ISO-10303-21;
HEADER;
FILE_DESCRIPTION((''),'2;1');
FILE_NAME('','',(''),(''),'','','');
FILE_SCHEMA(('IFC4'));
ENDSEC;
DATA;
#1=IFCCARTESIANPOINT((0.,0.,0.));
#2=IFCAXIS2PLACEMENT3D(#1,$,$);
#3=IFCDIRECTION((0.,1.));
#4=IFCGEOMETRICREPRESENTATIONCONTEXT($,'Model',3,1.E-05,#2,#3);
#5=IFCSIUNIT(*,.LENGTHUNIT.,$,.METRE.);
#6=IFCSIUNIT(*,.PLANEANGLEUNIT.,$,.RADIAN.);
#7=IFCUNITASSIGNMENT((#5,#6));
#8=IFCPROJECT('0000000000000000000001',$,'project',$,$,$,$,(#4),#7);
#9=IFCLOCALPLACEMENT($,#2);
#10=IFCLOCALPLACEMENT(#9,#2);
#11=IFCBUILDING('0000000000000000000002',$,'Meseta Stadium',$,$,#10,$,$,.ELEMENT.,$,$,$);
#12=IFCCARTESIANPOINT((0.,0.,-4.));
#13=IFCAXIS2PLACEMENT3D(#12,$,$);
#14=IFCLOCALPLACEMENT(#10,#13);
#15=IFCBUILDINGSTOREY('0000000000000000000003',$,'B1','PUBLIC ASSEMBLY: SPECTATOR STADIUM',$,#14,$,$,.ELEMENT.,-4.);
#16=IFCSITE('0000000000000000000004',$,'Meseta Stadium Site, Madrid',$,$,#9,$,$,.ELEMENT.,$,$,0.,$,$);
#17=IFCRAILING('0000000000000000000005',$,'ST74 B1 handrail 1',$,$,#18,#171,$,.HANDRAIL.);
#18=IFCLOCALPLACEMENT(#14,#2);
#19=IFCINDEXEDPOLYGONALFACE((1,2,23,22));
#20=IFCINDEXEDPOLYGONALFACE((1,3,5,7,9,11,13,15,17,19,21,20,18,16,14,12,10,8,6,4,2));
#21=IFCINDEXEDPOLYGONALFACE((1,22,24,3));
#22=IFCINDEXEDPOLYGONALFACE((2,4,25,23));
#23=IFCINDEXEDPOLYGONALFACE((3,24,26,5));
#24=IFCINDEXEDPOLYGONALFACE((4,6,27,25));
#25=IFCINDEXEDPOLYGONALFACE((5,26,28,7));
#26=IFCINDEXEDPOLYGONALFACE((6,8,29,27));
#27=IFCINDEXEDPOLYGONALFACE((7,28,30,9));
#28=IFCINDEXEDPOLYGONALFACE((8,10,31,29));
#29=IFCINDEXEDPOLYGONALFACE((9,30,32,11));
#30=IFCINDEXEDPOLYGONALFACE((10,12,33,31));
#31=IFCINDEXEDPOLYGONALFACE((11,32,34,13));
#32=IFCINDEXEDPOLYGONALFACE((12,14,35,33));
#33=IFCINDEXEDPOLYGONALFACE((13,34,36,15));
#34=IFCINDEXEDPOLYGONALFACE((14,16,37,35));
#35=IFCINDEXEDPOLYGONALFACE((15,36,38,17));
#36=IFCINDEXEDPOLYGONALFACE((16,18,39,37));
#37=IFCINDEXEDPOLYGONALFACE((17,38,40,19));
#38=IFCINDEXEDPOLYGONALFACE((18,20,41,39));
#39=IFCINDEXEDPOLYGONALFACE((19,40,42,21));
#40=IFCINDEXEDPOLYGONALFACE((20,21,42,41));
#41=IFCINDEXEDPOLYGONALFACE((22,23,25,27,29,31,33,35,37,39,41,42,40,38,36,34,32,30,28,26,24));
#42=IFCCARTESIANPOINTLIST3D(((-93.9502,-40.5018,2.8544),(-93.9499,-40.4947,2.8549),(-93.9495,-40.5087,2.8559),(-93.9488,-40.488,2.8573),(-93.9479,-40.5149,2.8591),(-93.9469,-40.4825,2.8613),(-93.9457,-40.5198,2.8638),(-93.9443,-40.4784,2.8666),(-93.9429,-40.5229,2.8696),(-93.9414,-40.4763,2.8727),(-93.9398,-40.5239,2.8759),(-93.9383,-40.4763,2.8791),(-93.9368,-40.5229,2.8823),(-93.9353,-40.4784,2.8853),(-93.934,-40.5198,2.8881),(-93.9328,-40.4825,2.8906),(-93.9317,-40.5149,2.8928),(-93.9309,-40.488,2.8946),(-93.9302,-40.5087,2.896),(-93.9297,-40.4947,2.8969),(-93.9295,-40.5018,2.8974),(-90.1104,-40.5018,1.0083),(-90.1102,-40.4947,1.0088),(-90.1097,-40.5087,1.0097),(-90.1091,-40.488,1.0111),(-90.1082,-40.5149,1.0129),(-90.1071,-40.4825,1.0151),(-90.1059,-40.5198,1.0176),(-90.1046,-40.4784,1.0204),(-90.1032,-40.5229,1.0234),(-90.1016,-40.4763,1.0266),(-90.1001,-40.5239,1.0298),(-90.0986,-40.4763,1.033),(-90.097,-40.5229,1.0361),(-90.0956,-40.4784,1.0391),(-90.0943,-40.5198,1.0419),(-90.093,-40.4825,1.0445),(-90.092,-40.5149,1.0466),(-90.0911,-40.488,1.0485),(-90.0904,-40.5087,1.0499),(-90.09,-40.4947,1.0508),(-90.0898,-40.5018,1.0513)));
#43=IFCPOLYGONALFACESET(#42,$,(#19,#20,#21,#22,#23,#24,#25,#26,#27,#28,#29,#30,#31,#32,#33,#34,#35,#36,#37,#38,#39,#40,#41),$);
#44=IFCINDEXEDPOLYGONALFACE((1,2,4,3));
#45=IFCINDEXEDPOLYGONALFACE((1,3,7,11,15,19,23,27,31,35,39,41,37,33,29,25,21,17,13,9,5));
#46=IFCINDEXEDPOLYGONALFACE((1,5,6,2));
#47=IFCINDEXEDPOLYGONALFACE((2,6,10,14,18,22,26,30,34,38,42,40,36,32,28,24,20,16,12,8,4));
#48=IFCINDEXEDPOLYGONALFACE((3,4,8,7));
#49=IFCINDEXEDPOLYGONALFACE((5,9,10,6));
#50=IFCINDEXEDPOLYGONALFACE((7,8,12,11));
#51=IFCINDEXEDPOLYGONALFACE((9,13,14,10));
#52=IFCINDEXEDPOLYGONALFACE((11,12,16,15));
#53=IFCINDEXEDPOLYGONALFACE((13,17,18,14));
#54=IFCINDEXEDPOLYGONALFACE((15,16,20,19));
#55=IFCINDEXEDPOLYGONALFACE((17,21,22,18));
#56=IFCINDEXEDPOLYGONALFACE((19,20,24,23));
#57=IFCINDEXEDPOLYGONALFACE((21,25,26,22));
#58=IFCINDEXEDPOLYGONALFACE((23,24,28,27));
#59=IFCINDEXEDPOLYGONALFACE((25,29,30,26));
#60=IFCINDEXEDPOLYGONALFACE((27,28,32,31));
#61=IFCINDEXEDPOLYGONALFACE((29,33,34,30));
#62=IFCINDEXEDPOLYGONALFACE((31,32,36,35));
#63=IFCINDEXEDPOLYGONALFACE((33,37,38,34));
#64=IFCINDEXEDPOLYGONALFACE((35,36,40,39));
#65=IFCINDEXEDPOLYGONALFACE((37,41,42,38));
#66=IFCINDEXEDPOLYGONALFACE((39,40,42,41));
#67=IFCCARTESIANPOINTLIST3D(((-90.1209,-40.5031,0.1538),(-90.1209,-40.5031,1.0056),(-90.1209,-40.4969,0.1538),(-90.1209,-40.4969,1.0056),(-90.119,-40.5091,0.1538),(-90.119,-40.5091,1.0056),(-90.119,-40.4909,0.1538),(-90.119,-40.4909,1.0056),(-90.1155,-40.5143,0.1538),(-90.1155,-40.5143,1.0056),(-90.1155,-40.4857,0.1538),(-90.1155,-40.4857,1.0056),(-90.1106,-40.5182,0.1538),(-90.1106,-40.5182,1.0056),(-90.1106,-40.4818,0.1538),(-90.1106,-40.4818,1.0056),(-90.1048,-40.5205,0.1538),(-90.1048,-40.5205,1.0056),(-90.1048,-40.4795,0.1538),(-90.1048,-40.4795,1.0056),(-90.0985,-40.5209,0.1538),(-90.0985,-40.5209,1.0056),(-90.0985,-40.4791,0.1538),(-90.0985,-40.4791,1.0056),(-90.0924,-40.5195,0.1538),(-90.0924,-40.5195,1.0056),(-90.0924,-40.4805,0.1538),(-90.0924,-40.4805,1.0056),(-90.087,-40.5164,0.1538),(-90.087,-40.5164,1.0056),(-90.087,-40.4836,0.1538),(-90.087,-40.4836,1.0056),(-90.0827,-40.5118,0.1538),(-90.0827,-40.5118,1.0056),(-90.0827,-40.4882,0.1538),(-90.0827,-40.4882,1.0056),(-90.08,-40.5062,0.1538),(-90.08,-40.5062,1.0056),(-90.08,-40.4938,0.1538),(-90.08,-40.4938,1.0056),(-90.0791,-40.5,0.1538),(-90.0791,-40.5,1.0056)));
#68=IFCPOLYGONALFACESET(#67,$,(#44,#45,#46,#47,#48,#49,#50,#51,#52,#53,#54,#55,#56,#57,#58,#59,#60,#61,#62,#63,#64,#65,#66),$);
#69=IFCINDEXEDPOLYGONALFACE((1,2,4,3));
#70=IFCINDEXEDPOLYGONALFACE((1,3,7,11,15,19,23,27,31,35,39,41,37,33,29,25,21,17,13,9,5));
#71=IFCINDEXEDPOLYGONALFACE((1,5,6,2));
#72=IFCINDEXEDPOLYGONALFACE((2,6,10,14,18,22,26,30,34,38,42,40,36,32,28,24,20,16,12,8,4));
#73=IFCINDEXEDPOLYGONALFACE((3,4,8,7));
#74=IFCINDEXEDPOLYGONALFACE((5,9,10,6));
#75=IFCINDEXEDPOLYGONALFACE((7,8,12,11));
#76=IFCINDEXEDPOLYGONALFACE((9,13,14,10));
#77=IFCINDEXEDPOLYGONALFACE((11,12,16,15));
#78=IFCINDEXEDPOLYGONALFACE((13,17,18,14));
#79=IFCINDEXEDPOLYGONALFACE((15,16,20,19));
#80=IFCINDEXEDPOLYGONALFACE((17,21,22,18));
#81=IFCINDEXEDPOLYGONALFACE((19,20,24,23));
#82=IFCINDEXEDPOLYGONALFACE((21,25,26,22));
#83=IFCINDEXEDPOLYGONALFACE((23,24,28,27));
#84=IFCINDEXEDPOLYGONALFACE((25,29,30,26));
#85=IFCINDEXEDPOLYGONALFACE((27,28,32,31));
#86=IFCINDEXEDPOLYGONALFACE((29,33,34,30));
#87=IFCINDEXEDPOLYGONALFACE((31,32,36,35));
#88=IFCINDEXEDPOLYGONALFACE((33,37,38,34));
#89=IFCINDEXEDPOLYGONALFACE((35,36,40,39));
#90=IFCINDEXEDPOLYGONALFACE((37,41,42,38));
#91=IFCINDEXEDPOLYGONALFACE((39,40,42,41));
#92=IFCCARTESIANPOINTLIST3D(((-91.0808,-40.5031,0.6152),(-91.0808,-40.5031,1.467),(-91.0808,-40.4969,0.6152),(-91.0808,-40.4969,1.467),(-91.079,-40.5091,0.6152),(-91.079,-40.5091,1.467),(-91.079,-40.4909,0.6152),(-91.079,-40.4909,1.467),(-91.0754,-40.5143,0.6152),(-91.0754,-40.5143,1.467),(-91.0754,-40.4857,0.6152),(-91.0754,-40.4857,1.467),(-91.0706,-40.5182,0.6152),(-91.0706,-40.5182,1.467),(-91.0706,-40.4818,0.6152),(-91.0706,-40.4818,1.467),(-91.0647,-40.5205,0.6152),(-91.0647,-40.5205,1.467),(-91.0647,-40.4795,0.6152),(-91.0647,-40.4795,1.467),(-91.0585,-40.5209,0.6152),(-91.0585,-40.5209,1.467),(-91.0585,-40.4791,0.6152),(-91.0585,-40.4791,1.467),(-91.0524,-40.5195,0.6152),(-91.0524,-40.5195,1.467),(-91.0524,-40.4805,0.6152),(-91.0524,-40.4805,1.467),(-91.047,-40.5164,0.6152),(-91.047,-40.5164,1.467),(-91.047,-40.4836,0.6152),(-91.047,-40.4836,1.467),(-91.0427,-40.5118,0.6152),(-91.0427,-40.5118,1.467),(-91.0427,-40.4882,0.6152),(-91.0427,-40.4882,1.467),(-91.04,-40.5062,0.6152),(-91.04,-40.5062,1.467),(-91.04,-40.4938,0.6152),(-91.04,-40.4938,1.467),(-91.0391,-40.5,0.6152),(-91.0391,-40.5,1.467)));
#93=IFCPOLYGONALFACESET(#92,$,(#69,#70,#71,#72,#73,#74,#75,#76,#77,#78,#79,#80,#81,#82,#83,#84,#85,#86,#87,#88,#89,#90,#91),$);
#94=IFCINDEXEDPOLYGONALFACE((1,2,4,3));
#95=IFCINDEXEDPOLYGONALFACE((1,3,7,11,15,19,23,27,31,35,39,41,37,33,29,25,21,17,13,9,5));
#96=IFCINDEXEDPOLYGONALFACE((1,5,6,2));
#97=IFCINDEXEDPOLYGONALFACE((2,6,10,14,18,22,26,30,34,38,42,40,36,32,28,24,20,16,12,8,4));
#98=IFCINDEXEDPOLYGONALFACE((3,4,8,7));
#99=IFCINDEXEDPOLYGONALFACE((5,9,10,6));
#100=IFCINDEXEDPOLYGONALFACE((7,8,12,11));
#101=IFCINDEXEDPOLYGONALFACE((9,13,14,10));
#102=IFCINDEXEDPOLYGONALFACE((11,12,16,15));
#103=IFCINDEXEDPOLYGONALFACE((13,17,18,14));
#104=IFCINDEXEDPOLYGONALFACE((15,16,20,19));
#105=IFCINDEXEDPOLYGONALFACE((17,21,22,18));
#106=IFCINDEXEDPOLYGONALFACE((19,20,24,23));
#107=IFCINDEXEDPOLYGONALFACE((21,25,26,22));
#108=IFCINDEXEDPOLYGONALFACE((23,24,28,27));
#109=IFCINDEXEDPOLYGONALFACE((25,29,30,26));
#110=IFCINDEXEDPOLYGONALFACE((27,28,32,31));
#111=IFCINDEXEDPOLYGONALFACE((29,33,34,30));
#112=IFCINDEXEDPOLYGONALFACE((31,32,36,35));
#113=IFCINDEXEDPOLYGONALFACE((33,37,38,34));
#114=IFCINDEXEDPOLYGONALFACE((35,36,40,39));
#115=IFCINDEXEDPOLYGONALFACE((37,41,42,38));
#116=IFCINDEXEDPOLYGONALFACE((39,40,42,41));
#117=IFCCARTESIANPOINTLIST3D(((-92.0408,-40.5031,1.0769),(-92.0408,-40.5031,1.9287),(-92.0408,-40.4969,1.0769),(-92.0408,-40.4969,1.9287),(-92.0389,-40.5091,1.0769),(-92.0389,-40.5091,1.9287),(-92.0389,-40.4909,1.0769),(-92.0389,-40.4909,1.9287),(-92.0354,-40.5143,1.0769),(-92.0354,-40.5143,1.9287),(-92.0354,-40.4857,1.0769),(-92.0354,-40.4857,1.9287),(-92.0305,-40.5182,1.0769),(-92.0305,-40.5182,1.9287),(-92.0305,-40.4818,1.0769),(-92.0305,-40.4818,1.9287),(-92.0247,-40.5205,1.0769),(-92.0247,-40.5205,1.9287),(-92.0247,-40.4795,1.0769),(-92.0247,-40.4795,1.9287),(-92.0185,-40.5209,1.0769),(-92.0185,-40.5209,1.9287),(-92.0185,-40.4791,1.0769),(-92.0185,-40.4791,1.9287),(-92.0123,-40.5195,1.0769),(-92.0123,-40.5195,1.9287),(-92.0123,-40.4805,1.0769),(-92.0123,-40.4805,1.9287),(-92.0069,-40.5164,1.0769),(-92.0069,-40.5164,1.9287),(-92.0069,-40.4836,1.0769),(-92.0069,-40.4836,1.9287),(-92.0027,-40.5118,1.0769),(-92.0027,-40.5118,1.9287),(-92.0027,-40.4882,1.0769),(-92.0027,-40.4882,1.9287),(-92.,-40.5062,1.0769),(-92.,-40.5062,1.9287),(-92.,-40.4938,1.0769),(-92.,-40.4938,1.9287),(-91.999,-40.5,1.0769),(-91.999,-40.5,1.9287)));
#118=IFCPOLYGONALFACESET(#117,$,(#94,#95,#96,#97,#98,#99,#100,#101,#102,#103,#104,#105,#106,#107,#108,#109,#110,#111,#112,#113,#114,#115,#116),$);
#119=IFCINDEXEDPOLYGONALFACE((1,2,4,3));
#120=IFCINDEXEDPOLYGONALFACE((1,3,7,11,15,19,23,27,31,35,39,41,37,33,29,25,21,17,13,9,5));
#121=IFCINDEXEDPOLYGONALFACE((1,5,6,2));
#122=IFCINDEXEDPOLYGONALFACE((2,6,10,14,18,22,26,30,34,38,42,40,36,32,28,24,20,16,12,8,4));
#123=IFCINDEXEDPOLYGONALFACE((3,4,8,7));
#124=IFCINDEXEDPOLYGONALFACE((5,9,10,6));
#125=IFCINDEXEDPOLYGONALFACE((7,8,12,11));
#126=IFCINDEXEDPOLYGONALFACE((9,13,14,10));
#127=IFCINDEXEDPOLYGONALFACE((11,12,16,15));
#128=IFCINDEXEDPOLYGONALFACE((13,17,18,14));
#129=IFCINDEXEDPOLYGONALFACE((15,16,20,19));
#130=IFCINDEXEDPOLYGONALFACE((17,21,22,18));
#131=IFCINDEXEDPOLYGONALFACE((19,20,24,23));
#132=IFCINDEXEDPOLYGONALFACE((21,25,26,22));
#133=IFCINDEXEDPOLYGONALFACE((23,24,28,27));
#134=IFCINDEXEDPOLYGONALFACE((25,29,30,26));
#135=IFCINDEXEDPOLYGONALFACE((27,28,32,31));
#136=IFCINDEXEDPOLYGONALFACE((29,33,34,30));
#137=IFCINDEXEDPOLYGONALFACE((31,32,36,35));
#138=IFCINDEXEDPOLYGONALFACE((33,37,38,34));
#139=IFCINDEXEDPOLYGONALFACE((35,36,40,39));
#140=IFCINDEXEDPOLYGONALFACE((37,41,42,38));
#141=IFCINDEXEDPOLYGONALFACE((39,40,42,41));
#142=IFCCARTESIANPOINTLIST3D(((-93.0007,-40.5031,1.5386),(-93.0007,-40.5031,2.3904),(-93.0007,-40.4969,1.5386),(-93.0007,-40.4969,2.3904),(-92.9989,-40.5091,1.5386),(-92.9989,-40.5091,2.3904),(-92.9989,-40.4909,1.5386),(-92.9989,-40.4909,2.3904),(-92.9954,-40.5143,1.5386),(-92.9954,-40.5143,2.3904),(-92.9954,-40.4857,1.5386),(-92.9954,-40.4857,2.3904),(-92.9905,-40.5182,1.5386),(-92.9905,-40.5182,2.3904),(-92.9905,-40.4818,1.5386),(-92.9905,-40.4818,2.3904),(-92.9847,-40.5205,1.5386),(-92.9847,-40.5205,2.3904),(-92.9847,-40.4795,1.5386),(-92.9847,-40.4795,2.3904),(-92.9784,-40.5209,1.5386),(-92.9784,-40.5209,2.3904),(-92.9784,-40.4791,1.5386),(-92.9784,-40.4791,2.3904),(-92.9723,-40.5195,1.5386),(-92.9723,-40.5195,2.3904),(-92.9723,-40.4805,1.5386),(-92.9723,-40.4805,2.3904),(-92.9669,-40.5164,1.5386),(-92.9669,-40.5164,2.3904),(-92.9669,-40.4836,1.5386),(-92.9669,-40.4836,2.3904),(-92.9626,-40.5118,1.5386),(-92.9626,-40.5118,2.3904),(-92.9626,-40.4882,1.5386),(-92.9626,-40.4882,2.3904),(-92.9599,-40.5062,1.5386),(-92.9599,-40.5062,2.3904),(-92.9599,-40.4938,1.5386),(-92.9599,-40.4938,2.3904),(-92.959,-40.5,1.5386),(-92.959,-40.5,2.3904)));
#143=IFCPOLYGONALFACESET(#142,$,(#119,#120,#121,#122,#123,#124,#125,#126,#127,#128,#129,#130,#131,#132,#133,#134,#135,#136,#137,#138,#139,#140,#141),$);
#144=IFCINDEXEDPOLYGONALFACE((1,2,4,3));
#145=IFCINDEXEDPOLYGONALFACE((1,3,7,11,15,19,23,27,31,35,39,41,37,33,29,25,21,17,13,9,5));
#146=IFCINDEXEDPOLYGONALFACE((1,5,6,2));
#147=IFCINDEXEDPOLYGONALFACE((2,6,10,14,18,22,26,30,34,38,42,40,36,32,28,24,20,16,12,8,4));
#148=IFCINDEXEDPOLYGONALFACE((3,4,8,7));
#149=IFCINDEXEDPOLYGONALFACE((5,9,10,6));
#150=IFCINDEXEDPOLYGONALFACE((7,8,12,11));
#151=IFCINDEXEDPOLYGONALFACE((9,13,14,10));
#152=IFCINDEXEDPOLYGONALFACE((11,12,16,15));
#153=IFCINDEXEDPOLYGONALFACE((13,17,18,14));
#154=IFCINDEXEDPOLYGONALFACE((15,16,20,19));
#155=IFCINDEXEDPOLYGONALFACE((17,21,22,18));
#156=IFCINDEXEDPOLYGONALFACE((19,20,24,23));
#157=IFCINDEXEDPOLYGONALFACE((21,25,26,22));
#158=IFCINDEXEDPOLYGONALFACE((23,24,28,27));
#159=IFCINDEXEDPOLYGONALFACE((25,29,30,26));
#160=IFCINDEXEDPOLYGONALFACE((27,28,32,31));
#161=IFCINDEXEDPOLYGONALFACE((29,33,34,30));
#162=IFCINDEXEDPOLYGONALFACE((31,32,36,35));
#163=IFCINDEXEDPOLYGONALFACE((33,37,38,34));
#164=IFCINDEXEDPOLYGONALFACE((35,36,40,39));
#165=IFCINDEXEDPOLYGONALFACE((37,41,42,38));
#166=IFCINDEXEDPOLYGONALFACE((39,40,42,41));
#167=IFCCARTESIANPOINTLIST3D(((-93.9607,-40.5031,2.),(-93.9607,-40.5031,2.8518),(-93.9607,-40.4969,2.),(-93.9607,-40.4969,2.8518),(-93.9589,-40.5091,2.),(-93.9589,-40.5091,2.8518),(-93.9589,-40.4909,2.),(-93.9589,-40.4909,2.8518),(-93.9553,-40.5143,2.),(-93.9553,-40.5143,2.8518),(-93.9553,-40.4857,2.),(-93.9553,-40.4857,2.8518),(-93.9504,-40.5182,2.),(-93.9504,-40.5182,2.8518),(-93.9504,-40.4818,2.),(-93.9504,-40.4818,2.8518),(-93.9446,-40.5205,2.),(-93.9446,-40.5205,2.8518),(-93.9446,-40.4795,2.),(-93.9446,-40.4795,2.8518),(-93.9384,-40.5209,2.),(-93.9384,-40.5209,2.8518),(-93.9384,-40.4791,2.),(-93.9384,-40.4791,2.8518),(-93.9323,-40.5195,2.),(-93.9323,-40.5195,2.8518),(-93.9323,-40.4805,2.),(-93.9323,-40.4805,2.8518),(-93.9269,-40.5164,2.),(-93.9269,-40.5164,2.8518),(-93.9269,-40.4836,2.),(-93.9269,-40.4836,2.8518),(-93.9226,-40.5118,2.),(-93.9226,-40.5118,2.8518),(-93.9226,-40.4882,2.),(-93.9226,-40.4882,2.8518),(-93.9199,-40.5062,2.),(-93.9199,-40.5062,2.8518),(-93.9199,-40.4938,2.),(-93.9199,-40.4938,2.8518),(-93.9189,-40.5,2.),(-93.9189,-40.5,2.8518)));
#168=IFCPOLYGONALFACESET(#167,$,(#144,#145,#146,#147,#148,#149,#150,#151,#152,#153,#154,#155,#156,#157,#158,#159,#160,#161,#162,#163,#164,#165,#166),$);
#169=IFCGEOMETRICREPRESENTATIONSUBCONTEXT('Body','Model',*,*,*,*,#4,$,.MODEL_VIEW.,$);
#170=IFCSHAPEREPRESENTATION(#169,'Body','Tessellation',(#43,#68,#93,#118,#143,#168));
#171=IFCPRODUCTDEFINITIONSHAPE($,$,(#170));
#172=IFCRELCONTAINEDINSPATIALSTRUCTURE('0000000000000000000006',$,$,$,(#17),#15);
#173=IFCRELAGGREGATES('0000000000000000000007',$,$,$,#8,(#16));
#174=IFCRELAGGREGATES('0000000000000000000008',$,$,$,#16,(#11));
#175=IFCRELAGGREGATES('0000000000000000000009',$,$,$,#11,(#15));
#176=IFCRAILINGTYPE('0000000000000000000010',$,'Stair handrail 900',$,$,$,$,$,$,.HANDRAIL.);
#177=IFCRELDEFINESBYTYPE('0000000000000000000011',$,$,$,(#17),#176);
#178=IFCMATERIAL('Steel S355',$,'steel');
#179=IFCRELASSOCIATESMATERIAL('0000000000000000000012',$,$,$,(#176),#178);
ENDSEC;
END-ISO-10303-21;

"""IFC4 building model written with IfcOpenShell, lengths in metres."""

from ifc_helpers import new_model, si_unit, direction, frame, origin, origin_2d, place, context, subcontext, project, spatial, circle, extrude, material, type_object, element, save


model = new_model("IFC4")

# Units and contexts
model_context = context("Model", 3, precision=1e-05, world=origin(), true_north=direction((0.0, 1.0)))
body_context = subcontext(model_context, "Body", "Model", "MODEL_VIEW")
ifc_project = project(units=[si_unit("LENGTHUNIT", "METRE"), si_unit("PLANEANGLEUNIT", "RADIAN")], contexts=[model_context])

# Site, building, storey
site_placement = place(None, origin())
site = spatial("IfcSite", under=ifc_project, at=site_placement, Name="Meseta Stadium Site, Madrid", CompositionType="ELEMENT", RefElevation=0.0)
building_placement = place(site_placement, origin())
building = spatial("IfcBuilding", under=site, at=building_placement, Name="Meseta Stadium", CompositionType="ELEMENT")
storey_placement = place(building_placement, frame((0.0, 0.0, -4.0)))
storey = spatial("IfcBuildingStorey", under=building, at=storey_placement, Name="B1", Description="PUBLIC ASSEMBLY: SPECTATOR STADIUM", CompositionType="ELEMENT", Elevation=-4.0)

# Railing
ifc_material_1 = material(Name="Steel S355", Category="steel")
railing_type_1 = type_object("IfcRailingType", Name="Stair handrail 900", PredefinedType="HANDRAIL", material=ifc_material_1)
railing_1_placement = place(storey_placement, frame((-90.1001, -40.5, 0.1538)))
element("IfcRailing", 1, at=railing_1_placement, inside=storey, type_object=railing_type_1, Name="ST74 B1 handrail 1", PredefinedType="HANDRAIL", context=body_context, shape_type="SweptSolid", body=[
    extrude(circle(Radius=0.0239, at=origin_2d()), frame((0.0, 0.0, 0.876), z_axis=(-0.901242, 0.0, 0.433316), x_axis=(0.0, -1.0, 0.0)), (0.0, 0.0, 1.0), 4.2605),
    extrude(circle(Radius=0.021, at=origin_2d()), origin(), (0.0, 0.0, 1.0), 0.8518),
    extrude(circle(Radius=0.021, at=origin_2d()), frame((-0.96, 0.0, 0.4614)), (0.0, 0.0, 1.0), 0.8518),
    extrude(circle(Radius=0.021, at=origin_2d()), frame((-1.9199, 0.0, 0.9231)), (0.0, 0.0, 1.0), 0.8518),
    extrude(circle(Radius=0.021, at=origin_2d()), frame((-2.8799, 0.0, 1.3848)), (0.0, 0.0, 1.0), 0.8518),
    extrude(circle(Radius=0.021, at=origin_2d()), frame((-3.8398, 0.0, 1.8462)), (0.0, 0.0, 1.0), 0.8518),
])

save(model, "model.ifc")
